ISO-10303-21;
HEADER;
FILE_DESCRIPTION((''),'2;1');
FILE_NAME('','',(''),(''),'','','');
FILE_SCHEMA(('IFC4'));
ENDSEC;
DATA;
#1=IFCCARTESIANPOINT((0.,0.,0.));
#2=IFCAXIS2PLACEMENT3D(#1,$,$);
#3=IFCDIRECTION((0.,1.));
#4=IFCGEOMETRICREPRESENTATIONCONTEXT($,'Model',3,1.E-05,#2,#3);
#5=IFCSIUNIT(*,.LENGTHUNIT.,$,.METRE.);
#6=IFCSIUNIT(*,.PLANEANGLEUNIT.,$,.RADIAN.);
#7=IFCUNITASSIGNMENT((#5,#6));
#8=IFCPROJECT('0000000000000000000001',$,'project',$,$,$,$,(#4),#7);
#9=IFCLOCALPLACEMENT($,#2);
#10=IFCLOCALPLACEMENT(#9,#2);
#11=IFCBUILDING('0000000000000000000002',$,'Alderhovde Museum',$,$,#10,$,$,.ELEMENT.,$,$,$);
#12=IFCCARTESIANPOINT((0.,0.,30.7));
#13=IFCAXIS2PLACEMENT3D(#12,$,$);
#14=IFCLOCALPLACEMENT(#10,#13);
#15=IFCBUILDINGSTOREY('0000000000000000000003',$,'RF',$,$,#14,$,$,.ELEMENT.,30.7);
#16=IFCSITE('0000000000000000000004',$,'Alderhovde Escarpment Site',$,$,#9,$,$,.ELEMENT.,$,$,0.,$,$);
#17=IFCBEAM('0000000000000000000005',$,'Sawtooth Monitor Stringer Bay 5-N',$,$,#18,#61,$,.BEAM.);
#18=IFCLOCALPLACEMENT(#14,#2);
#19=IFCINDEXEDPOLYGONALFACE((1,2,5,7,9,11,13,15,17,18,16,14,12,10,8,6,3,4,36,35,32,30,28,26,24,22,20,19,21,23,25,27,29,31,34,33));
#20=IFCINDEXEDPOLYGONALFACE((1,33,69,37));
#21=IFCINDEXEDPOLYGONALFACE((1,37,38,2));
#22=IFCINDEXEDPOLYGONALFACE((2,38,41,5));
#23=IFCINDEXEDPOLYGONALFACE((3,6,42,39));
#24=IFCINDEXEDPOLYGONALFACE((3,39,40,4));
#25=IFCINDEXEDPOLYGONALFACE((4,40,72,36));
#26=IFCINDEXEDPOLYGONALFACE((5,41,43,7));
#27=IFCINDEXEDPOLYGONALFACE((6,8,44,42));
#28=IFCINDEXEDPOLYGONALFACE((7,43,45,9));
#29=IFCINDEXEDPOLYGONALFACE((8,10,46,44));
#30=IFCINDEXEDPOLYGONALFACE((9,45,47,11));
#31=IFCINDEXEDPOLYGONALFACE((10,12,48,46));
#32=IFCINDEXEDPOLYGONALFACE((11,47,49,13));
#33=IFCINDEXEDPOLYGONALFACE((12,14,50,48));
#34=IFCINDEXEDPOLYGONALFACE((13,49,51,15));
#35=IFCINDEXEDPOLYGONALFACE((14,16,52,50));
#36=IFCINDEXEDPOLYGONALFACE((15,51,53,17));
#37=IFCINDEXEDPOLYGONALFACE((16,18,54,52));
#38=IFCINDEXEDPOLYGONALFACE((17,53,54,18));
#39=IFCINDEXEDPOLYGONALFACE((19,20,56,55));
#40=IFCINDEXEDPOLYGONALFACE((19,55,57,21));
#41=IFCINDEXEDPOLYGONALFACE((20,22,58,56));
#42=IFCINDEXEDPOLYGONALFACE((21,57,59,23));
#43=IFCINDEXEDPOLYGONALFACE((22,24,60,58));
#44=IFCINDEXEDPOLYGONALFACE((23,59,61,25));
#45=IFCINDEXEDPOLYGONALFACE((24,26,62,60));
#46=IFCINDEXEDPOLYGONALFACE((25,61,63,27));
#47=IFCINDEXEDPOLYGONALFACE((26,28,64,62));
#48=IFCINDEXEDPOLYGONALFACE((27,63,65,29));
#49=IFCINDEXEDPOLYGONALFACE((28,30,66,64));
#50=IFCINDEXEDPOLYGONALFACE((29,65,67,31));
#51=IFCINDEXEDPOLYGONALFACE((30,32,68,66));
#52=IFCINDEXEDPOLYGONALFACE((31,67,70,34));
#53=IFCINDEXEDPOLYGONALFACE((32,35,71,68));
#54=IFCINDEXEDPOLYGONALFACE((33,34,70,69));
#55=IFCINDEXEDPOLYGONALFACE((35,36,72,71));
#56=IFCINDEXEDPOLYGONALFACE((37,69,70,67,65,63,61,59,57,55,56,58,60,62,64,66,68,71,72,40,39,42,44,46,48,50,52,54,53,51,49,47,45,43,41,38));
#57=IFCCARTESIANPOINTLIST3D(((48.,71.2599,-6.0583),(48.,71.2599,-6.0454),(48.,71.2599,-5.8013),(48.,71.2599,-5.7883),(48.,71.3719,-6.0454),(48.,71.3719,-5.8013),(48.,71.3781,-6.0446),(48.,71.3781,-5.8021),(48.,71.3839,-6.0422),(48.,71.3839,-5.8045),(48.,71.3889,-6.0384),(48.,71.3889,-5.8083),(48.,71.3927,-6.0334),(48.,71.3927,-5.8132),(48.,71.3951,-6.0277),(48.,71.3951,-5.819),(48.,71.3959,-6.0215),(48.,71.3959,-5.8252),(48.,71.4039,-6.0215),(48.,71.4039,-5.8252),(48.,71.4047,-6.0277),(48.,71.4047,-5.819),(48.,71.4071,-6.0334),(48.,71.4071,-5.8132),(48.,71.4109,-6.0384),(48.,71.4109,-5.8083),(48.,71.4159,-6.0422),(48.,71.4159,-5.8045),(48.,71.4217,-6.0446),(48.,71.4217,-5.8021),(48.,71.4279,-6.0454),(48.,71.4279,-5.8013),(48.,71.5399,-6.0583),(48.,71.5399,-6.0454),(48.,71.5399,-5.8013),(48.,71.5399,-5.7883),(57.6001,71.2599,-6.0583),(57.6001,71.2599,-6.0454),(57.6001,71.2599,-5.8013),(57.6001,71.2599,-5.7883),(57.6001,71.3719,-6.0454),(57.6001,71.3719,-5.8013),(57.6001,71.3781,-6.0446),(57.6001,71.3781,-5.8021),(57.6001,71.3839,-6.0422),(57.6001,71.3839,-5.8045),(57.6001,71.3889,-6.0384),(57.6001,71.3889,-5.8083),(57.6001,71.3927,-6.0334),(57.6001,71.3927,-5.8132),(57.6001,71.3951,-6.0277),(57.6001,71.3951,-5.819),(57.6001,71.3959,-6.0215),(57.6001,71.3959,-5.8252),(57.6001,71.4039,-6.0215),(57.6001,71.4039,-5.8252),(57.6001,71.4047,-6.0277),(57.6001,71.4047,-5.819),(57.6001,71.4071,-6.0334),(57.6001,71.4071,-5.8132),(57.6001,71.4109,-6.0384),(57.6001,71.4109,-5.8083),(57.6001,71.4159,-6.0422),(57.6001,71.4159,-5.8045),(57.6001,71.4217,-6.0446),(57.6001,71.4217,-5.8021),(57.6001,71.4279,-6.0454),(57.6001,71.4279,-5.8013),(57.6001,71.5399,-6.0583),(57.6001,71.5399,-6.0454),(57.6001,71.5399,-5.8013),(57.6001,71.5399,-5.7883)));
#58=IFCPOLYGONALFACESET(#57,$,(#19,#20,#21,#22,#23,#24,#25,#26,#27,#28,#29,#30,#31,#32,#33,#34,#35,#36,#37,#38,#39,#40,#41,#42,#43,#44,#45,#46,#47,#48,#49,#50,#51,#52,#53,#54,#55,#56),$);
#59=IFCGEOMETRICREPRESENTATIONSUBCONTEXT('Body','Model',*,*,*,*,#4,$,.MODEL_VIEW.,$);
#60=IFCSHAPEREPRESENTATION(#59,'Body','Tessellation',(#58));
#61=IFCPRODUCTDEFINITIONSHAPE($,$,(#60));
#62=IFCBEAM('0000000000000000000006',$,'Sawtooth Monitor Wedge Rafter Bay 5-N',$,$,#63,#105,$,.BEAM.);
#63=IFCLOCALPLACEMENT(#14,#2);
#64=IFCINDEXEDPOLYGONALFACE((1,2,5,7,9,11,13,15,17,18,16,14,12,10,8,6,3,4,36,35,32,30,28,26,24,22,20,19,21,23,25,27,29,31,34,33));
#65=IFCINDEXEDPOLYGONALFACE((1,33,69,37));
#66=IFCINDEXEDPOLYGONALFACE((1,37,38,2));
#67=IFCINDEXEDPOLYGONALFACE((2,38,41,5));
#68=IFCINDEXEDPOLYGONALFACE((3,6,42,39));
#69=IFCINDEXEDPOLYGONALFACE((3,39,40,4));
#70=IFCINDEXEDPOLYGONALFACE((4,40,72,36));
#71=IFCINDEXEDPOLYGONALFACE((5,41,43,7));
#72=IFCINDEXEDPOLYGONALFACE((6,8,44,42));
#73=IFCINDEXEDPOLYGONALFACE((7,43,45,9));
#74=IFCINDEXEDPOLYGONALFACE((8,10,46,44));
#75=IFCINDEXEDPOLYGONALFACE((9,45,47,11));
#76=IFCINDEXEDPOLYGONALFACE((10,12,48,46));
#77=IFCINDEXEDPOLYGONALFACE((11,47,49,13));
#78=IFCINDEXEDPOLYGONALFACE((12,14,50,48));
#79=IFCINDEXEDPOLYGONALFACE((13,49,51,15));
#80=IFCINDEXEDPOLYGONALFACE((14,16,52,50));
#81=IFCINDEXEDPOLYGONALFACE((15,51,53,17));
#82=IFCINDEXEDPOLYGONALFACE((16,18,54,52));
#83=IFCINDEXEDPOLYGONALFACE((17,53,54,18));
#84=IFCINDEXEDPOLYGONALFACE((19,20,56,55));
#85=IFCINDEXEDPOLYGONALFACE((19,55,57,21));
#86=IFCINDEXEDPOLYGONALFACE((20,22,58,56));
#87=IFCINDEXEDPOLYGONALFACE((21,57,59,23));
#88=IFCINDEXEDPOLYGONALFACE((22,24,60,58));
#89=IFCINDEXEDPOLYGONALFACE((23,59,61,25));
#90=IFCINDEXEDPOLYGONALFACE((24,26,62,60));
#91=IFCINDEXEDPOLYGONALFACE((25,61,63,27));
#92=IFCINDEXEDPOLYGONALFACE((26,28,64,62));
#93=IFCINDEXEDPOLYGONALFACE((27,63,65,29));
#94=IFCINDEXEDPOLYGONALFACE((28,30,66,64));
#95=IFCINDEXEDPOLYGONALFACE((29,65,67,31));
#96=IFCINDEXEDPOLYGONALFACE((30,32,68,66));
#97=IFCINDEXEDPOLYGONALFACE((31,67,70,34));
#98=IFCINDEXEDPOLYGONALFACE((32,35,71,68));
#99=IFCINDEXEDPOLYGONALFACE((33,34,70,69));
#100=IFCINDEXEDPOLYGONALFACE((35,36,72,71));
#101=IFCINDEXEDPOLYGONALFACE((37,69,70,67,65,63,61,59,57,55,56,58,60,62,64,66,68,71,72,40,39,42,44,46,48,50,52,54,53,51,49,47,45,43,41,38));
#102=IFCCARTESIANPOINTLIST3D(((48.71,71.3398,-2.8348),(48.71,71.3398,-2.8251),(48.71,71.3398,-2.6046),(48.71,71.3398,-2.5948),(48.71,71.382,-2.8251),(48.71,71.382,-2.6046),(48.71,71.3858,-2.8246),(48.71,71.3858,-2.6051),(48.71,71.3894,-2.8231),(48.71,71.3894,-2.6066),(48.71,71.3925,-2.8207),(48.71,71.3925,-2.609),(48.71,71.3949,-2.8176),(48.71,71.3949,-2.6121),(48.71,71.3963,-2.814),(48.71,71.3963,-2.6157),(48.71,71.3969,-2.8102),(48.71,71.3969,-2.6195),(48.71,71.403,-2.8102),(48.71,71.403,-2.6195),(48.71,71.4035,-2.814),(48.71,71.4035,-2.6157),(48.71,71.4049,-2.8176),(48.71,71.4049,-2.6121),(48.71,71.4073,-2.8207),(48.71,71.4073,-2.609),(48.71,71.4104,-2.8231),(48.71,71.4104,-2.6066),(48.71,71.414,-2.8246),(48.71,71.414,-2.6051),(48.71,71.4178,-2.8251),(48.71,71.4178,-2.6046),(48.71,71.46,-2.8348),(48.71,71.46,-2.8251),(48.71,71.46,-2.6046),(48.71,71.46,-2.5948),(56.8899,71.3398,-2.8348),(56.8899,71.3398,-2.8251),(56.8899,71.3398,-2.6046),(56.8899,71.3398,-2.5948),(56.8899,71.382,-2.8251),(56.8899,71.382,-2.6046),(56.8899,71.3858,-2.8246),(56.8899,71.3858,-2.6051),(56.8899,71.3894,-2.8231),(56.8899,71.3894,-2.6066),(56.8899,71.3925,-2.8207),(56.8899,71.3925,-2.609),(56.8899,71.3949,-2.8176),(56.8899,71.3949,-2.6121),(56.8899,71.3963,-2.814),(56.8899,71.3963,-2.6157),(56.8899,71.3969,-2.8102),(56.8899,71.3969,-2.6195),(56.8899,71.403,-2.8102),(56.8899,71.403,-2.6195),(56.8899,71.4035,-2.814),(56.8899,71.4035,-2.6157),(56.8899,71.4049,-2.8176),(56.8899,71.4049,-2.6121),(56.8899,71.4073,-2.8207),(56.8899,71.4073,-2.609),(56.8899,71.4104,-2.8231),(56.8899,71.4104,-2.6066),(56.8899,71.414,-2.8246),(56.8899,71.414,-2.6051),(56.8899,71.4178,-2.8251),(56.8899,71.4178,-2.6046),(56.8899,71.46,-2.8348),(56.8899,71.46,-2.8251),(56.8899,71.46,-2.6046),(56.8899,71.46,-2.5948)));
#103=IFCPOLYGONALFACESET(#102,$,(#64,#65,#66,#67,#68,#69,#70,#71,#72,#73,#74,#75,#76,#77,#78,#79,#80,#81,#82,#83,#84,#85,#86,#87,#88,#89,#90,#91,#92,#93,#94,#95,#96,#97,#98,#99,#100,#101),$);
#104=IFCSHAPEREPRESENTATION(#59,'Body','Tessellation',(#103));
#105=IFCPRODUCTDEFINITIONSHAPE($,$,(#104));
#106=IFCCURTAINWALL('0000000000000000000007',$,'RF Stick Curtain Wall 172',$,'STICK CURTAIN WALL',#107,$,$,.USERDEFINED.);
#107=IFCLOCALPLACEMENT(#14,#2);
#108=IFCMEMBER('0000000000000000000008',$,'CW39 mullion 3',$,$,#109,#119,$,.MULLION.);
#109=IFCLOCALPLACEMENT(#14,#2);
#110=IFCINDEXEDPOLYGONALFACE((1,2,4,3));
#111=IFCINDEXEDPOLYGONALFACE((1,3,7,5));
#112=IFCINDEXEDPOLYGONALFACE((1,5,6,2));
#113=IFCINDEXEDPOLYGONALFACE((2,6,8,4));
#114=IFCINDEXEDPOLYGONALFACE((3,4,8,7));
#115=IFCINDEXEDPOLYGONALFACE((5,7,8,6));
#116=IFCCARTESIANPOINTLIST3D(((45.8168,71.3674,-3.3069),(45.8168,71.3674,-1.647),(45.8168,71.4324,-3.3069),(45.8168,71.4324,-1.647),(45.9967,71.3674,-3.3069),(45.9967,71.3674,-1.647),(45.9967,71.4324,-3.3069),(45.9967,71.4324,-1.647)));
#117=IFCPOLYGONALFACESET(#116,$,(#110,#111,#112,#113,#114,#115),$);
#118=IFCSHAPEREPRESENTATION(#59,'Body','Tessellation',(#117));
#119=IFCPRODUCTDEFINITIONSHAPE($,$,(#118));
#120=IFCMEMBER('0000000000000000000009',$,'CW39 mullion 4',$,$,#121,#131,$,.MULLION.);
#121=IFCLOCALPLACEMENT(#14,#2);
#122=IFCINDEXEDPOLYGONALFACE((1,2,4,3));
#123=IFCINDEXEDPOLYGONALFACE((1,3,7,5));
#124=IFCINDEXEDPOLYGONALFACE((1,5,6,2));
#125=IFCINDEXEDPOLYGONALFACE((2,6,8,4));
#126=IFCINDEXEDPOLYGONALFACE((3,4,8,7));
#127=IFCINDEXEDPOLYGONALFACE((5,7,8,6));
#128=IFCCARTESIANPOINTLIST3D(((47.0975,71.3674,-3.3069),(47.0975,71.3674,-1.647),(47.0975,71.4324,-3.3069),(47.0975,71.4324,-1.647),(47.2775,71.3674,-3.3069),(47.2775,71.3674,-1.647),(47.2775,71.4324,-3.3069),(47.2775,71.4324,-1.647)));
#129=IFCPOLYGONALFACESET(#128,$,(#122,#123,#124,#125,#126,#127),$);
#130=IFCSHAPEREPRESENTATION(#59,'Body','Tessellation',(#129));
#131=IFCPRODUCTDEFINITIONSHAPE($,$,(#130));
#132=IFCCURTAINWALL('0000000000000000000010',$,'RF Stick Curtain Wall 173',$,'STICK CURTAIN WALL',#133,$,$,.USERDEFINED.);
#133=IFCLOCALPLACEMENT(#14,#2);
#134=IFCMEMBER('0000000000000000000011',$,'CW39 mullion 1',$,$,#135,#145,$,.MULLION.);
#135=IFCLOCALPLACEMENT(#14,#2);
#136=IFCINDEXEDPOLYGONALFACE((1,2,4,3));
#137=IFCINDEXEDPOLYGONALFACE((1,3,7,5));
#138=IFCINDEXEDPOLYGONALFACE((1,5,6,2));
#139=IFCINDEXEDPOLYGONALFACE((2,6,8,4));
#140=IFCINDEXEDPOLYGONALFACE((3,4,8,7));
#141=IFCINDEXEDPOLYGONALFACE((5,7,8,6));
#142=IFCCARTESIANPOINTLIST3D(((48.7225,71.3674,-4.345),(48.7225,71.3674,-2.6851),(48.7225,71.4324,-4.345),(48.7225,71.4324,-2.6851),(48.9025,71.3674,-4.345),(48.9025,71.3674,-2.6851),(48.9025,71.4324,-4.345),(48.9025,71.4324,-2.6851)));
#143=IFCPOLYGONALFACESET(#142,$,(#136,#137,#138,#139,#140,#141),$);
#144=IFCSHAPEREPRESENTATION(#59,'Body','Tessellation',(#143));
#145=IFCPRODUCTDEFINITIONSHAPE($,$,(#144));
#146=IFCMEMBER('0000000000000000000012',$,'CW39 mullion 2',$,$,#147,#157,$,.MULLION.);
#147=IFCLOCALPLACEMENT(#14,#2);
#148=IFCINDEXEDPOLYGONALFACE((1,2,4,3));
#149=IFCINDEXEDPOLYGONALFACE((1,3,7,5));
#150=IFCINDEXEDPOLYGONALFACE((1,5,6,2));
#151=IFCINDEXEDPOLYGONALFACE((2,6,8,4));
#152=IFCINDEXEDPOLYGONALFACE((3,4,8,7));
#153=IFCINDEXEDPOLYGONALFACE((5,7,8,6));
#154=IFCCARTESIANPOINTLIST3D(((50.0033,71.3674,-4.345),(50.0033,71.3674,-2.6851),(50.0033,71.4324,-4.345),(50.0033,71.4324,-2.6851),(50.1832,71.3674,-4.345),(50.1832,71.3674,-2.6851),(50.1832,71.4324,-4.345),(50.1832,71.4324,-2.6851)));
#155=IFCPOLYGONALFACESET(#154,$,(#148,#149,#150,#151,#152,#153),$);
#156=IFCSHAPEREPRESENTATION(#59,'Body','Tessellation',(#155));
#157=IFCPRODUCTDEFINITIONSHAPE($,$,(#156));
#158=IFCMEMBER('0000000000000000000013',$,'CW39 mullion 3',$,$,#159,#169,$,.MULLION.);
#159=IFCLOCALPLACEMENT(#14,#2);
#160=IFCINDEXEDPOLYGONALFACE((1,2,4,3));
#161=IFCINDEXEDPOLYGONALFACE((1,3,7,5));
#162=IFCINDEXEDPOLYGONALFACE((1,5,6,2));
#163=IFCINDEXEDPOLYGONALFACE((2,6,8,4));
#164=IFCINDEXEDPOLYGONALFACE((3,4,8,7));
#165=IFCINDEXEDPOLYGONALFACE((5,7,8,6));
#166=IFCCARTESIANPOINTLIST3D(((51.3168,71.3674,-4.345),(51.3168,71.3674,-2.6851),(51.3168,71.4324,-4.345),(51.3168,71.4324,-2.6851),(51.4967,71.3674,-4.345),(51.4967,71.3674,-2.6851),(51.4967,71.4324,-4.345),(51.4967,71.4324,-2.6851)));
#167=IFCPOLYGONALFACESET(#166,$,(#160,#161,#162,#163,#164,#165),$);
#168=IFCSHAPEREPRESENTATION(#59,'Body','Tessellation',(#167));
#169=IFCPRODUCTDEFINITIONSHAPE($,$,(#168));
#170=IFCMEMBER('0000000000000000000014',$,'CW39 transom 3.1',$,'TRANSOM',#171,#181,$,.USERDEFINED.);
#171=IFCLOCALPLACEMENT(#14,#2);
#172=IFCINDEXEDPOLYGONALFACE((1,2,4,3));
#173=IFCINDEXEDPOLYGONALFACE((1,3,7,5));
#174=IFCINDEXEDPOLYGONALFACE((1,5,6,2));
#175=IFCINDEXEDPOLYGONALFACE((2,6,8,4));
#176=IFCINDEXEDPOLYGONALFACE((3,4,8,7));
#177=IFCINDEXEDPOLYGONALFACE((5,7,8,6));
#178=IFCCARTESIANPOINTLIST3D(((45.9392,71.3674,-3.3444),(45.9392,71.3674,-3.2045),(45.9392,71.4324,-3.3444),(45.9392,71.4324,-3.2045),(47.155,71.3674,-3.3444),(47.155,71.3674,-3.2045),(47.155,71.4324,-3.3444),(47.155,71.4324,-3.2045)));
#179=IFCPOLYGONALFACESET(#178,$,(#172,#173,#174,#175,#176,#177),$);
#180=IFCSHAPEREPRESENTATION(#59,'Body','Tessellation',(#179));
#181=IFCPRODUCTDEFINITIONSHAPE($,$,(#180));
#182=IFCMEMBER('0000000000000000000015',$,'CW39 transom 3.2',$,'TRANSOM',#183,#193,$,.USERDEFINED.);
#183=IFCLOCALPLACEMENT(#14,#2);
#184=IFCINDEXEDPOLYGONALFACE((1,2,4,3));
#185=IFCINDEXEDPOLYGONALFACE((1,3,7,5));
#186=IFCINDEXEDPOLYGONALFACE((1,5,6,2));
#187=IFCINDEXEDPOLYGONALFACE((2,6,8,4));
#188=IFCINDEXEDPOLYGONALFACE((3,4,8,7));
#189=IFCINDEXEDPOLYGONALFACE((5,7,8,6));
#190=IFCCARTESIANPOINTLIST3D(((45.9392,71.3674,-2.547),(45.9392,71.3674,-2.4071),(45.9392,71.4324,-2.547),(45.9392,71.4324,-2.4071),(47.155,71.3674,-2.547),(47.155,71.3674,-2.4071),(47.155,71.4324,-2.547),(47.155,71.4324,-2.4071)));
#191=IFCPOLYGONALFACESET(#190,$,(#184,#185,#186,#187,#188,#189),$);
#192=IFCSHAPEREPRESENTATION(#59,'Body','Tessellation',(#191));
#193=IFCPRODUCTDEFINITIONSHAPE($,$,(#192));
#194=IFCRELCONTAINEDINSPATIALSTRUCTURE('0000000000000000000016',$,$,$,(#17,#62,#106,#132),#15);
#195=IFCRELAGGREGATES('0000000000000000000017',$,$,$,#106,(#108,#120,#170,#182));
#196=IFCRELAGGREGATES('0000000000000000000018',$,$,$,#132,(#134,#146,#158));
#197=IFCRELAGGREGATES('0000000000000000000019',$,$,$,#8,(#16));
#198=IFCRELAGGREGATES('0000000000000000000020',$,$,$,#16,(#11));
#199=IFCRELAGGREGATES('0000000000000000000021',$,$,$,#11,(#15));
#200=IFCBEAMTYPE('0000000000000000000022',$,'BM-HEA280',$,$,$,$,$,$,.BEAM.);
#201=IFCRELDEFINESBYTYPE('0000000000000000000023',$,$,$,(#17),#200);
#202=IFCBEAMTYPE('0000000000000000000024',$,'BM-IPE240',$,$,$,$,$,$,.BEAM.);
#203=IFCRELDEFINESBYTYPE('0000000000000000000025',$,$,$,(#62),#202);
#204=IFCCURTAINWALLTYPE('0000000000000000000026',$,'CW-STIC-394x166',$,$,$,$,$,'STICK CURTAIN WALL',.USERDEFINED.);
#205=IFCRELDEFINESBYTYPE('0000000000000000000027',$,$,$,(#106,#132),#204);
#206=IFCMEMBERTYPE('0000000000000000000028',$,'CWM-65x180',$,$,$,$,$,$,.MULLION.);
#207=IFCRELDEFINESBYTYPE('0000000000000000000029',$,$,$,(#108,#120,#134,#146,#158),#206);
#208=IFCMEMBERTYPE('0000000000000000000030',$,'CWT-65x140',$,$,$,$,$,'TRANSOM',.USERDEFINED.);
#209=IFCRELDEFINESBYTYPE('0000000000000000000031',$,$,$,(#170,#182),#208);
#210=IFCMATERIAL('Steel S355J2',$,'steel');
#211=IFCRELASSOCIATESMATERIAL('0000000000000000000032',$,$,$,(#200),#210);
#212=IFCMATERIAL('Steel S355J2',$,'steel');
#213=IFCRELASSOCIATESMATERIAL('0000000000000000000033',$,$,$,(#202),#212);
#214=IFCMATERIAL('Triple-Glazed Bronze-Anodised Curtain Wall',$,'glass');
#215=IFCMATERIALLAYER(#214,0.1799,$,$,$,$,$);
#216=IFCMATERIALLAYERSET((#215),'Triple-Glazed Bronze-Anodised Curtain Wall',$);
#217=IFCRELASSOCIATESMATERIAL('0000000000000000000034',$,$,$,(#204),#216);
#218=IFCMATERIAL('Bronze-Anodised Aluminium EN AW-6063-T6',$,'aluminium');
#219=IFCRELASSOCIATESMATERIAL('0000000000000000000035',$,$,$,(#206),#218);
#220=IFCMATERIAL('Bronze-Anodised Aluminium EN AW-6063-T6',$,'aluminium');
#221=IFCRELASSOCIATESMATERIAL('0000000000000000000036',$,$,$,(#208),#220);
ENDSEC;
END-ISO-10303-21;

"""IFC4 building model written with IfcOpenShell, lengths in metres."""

from ifc_helpers import new_model, si_unit, direction, frame, origin, origin_2d, place, context, subcontext, project, spatial, rectangle, i_section, extrude, material, layer, layer_set, material_profile, profile_set, type_object, element, aggregate, save


model = new_model("IFC4")

# Units and contexts
model_context = context("Model", 3, precision=1e-05, world=origin(), true_north=direction((0.0, 1.0)))
body_context = subcontext(model_context, "Body", "Model", "MODEL_VIEW")
ifc_project = project(units=[si_unit("LENGTHUNIT", "METRE"), si_unit("PLANEANGLEUNIT", "RADIAN")], contexts=[model_context])

# Site, building, storey
site_placement = place(None, origin())
site = spatial("IfcSite", under=ifc_project, at=site_placement, Name="Alderhovde Escarpment Site", CompositionType="ELEMENT", RefElevation=0.0)
building_placement = place(site_placement, origin())
building = spatial("IfcBuilding", under=site, at=building_placement, Name="Alderhovde Museum", CompositionType="ELEMENT")
storey_placement = place(building_placement, frame((0.0, 0.0, 30.7)))
storey = spatial("IfcBuildingStorey", under=building, at=storey_placement, Name="RF", CompositionType="ELEMENT", Elevation=30.7)

# Beams
ifc_material_1 = material(Name="Steel S355J2", Category="steel")
ifc_material_profile_1 = material_profile(ifc_material_1, i_section(OverallWidth=0.28, OverallDepth=0.27, WebThickness=0.0081, FlangeThickness=0.0129, FilletRadius=0.0239, at=origin_2d()), Name="HEA 280")
ifc_profile_set_1 = profile_set([ifc_material_profile_1], Name="Steel S355J2")
beam_type_1 = type_object("IfcBeamType", Name="BM-HEA280", PredefinedType="BEAM", material=ifc_profile_set_1)
beam_1_placement = place(storey_placement, frame((48.0, 71.3999, -5.9233), z_axis=(1.0, 0.0, 0.0), x_axis=(0.0, 1.0, 0.0)))
element("IfcBeam", 1, at=beam_1_placement, inside=storey, type_object=beam_type_1, Name="Sawtooth Monitor Stringer Bay 5-N", PredefinedType="BEAM", context=body_context, shape_type="SweptSolid", body=[
    extrude(i_section(OverallWidth=0.28, OverallDepth=0.27, WebThickness=0.0081, FlangeThickness=0.0129, FilletRadius=0.0239, at=origin_2d()), origin(), (0.0, 0.0, 1.0), 9.6001),
])
ifc_material_2 = material(Name="Steel S355J2", Category="steel")
ifc_material_profile_2 = material_profile(ifc_material_2, i_section(OverallWidth=0.1201, OverallDepth=0.24, WebThickness=0.0061, FlangeThickness=0.0098, FilletRadius=0.0149, at=origin_2d()), Name="IPE 240")
ifc_profile_set_2 = profile_set([ifc_material_profile_2], Name="Steel S355J2")
beam_type_2 = type_object("IfcBeamType", Name="BM-IPE240", PredefinedType="BEAM", material=ifc_profile_set_2)
beam_2_placement = place(storey_placement, frame((48.71, 71.3999, -2.7148), z_axis=(1.0, 0.0, 0.0), x_axis=(0.0, 1.0, 0.0)))
element("IfcBeam", 2, at=beam_2_placement, inside=storey, type_object=beam_type_2, Name="Sawtooth Monitor Wedge Rafter Bay 5-N", PredefinedType="BEAM", context=body_context, shape_type="SweptSolid", body=[
    extrude(i_section(OverallWidth=0.1201, OverallDepth=0.24, WebThickness=0.0061, FlangeThickness=0.0098, FilletRadius=0.0149, at=origin_2d()), origin(), (0.0, 0.0, 1.0), 8.1799),
])

# Curtain walls, members
ifc_material_3 = material(Name="Triple-Glazed Bronze-Anodised Curtain Wall", Category="glass")
ifc_layer_1 = layer(ifc_material_3, 0.1799)
ifc_layer_set_1 = layer_set([ifc_layer_1], Name="Triple-Glazed Bronze-Anodised Curtain Wall")
curtain_wall_type = type_object("IfcCurtainWallType", Name="CW-STIC-394x166", ElementType="STICK CURTAIN WALL", PredefinedType="USERDEFINED", material=ifc_layer_set_1)
curtain_wall_1_placement = place(storey_placement, origin())
curtain_wall_1 = element("IfcCurtainWall", 3, at=curtain_wall_1_placement, inside=storey, type_object=curtain_wall_type, Name="RF Stick Curtain Wall 172", ObjectType="STICK CURTAIN WALL", PredefinedType="USERDEFINED")
ifc_material_4 = material(Name="Bronze-Anodised Aluminium EN AW-6063-T6", Category="aluminium")
ifc_material_profile_3 = material_profile(ifc_material_4, rectangle(XDim=0.0649, YDim=0.1799, at=origin_2d()), Name="MULLION 65x180")
ifc_profile_set_3 = profile_set([ifc_material_profile_3], Name="Bronze-Anodised Aluminium EN AW-6063-T6")
member_type_1 = type_object("IfcMemberType", Name="CWM-65x180", PredefinedType="MULLION", material=ifc_profile_set_3)
member_1_placement = place(storey_placement, frame((45.9067, 71.3999, -3.3069), z_axis=(0.0, 0.0, 1.0), x_axis=(0.0, 1.0, 0.0)))
member_1 = element("IfcMember", 4, at=member_1_placement, type_object=member_type_1, Name="CW39 mullion 3", PredefinedType="MULLION", context=body_context, shape_type="SweptSolid", body=[
    extrude(rectangle(XDim=0.0649, YDim=0.1799, at=origin_2d()), origin(), (0.0, 0.0, 1.0), 1.6599),
])
member_2_placement = place(storey_placement, frame((47.1875, 71.3999, -3.3069), z_axis=(0.0, 0.0, 1.0), x_axis=(0.0, 1.0, 0.0)))
member_2 = element("IfcMember", 5, at=member_2_placement, type_object=member_type_1, Name="CW39 mullion 4", PredefinedType="MULLION", context=body_context, shape_type="SweptSolid", body=[
    extrude(rectangle(XDim=0.0649, YDim=0.1799, at=origin_2d()), origin(), (0.0, 0.0, 1.0), 1.6599),
])
curtain_wall_2_placement = place(storey_placement, origin())
curtain_wall_2 = element("IfcCurtainWall", 6, at=curtain_wall_2_placement, inside=storey, type_object=curtain_wall_type, Name="RF Stick Curtain Wall 173", ObjectType="STICK CURTAIN WALL", PredefinedType="USERDEFINED")
member_3_placement = place(storey_placement, frame((48.8125, 71.3999, -4.345), z_axis=(0.0, 0.0, 1.0), x_axis=(0.0, 1.0, 0.0)))
member_3 = element("IfcMember", 7, at=member_3_placement, type_object=member_type_1, Name="CW39 mullion 1", PredefinedType="MULLION", context=body_context, shape_type="SweptSolid", body=[
    extrude(rectangle(XDim=0.0649, YDim=0.1799, at=origin_2d()), origin(), (0.0, 0.0, 1.0), 1.6599),
])
member_4_placement = place(storey_placement, frame((50.0933, 71.3999, -4.345), z_axis=(0.0, 0.0, 1.0), x_axis=(0.0, 1.0, 0.0)))
member_4 = element("IfcMember", 8, at=member_4_placement, type_object=member_type_1, Name="CW39 mullion 2", PredefinedType="MULLION", context=body_context, shape_type="SweptSolid", body=[
    extrude(rectangle(XDim=0.0649, YDim=0.1799, at=origin_2d()), origin(), (0.0, 0.0, 1.0), 1.6599),
])
member_5_placement = place(storey_placement, frame((51.4067, 71.3999, -4.345), z_axis=(0.0, 0.0, 1.0), x_axis=(0.0, 1.0, 0.0)))
member_5 = element("IfcMember", 9, at=member_5_placement, type_object=member_type_1, Name="CW39 mullion 3", PredefinedType="MULLION", context=body_context, shape_type="SweptSolid", body=[
    extrude(rectangle(XDim=0.0649, YDim=0.1799, at=origin_2d()), origin(), (0.0, 0.0, 1.0), 1.6599),
])

# Members
ifc_material_5 = material(Name="Bronze-Anodised Aluminium EN AW-6063-T6", Category="aluminium")
ifc_material_profile_4 = material_profile(ifc_material_5, rectangle(XDim=0.0649, YDim=0.1399, at=origin_2d()), Name="TRANSOM 65x140")
ifc_profile_set_4 = profile_set([ifc_material_profile_4], Name="Bronze-Anodised Aluminium EN AW-6063-T6")
member_type_2 = type_object("IfcMemberType", Name="CWT-65x140", ElementType="TRANSOM", PredefinedType="USERDEFINED", material=ifc_profile_set_4)
member_6_placement = place(storey_placement, frame((45.9392, 71.3999, -3.2744), z_axis=(1.0, 0.0, 0.0), x_axis=(0.0, 1.0, 0.0)))
member_6 = element("IfcMember", 10, at=member_6_placement, type_object=member_type_2, Name="CW39 transom 3.1", ObjectType="TRANSOM", PredefinedType="USERDEFINED", context=body_context, shape_type="SweptSolid", body=[
    extrude(rectangle(XDim=0.0649, YDim=0.1399, at=origin_2d()), origin(), (0.0, 0.0, 1.0), 1.2158),
])
member_7_placement = place(storey_placement, frame((45.9392, 71.3999, -2.4771), z_axis=(1.0, 0.0, 0.0), x_axis=(0.0, 1.0, 0.0)))
member_7 = element("IfcMember", 11, at=member_7_placement, type_object=member_type_2, Name="CW39 transom 3.2", ObjectType="TRANSOM", PredefinedType="USERDEFINED", context=body_context, shape_type="SweptSolid", body=[
    extrude(rectangle(XDim=0.0649, YDim=0.1399, at=origin_2d()), origin(), (0.0, 0.0, 1.0), 1.2158),
])

aggregate(curtain_wall_1, [member_1, member_2, member_6, member_7])
aggregate(curtain_wall_2, [member_3, member_4, member_5])

save(model, "model.ifc")
